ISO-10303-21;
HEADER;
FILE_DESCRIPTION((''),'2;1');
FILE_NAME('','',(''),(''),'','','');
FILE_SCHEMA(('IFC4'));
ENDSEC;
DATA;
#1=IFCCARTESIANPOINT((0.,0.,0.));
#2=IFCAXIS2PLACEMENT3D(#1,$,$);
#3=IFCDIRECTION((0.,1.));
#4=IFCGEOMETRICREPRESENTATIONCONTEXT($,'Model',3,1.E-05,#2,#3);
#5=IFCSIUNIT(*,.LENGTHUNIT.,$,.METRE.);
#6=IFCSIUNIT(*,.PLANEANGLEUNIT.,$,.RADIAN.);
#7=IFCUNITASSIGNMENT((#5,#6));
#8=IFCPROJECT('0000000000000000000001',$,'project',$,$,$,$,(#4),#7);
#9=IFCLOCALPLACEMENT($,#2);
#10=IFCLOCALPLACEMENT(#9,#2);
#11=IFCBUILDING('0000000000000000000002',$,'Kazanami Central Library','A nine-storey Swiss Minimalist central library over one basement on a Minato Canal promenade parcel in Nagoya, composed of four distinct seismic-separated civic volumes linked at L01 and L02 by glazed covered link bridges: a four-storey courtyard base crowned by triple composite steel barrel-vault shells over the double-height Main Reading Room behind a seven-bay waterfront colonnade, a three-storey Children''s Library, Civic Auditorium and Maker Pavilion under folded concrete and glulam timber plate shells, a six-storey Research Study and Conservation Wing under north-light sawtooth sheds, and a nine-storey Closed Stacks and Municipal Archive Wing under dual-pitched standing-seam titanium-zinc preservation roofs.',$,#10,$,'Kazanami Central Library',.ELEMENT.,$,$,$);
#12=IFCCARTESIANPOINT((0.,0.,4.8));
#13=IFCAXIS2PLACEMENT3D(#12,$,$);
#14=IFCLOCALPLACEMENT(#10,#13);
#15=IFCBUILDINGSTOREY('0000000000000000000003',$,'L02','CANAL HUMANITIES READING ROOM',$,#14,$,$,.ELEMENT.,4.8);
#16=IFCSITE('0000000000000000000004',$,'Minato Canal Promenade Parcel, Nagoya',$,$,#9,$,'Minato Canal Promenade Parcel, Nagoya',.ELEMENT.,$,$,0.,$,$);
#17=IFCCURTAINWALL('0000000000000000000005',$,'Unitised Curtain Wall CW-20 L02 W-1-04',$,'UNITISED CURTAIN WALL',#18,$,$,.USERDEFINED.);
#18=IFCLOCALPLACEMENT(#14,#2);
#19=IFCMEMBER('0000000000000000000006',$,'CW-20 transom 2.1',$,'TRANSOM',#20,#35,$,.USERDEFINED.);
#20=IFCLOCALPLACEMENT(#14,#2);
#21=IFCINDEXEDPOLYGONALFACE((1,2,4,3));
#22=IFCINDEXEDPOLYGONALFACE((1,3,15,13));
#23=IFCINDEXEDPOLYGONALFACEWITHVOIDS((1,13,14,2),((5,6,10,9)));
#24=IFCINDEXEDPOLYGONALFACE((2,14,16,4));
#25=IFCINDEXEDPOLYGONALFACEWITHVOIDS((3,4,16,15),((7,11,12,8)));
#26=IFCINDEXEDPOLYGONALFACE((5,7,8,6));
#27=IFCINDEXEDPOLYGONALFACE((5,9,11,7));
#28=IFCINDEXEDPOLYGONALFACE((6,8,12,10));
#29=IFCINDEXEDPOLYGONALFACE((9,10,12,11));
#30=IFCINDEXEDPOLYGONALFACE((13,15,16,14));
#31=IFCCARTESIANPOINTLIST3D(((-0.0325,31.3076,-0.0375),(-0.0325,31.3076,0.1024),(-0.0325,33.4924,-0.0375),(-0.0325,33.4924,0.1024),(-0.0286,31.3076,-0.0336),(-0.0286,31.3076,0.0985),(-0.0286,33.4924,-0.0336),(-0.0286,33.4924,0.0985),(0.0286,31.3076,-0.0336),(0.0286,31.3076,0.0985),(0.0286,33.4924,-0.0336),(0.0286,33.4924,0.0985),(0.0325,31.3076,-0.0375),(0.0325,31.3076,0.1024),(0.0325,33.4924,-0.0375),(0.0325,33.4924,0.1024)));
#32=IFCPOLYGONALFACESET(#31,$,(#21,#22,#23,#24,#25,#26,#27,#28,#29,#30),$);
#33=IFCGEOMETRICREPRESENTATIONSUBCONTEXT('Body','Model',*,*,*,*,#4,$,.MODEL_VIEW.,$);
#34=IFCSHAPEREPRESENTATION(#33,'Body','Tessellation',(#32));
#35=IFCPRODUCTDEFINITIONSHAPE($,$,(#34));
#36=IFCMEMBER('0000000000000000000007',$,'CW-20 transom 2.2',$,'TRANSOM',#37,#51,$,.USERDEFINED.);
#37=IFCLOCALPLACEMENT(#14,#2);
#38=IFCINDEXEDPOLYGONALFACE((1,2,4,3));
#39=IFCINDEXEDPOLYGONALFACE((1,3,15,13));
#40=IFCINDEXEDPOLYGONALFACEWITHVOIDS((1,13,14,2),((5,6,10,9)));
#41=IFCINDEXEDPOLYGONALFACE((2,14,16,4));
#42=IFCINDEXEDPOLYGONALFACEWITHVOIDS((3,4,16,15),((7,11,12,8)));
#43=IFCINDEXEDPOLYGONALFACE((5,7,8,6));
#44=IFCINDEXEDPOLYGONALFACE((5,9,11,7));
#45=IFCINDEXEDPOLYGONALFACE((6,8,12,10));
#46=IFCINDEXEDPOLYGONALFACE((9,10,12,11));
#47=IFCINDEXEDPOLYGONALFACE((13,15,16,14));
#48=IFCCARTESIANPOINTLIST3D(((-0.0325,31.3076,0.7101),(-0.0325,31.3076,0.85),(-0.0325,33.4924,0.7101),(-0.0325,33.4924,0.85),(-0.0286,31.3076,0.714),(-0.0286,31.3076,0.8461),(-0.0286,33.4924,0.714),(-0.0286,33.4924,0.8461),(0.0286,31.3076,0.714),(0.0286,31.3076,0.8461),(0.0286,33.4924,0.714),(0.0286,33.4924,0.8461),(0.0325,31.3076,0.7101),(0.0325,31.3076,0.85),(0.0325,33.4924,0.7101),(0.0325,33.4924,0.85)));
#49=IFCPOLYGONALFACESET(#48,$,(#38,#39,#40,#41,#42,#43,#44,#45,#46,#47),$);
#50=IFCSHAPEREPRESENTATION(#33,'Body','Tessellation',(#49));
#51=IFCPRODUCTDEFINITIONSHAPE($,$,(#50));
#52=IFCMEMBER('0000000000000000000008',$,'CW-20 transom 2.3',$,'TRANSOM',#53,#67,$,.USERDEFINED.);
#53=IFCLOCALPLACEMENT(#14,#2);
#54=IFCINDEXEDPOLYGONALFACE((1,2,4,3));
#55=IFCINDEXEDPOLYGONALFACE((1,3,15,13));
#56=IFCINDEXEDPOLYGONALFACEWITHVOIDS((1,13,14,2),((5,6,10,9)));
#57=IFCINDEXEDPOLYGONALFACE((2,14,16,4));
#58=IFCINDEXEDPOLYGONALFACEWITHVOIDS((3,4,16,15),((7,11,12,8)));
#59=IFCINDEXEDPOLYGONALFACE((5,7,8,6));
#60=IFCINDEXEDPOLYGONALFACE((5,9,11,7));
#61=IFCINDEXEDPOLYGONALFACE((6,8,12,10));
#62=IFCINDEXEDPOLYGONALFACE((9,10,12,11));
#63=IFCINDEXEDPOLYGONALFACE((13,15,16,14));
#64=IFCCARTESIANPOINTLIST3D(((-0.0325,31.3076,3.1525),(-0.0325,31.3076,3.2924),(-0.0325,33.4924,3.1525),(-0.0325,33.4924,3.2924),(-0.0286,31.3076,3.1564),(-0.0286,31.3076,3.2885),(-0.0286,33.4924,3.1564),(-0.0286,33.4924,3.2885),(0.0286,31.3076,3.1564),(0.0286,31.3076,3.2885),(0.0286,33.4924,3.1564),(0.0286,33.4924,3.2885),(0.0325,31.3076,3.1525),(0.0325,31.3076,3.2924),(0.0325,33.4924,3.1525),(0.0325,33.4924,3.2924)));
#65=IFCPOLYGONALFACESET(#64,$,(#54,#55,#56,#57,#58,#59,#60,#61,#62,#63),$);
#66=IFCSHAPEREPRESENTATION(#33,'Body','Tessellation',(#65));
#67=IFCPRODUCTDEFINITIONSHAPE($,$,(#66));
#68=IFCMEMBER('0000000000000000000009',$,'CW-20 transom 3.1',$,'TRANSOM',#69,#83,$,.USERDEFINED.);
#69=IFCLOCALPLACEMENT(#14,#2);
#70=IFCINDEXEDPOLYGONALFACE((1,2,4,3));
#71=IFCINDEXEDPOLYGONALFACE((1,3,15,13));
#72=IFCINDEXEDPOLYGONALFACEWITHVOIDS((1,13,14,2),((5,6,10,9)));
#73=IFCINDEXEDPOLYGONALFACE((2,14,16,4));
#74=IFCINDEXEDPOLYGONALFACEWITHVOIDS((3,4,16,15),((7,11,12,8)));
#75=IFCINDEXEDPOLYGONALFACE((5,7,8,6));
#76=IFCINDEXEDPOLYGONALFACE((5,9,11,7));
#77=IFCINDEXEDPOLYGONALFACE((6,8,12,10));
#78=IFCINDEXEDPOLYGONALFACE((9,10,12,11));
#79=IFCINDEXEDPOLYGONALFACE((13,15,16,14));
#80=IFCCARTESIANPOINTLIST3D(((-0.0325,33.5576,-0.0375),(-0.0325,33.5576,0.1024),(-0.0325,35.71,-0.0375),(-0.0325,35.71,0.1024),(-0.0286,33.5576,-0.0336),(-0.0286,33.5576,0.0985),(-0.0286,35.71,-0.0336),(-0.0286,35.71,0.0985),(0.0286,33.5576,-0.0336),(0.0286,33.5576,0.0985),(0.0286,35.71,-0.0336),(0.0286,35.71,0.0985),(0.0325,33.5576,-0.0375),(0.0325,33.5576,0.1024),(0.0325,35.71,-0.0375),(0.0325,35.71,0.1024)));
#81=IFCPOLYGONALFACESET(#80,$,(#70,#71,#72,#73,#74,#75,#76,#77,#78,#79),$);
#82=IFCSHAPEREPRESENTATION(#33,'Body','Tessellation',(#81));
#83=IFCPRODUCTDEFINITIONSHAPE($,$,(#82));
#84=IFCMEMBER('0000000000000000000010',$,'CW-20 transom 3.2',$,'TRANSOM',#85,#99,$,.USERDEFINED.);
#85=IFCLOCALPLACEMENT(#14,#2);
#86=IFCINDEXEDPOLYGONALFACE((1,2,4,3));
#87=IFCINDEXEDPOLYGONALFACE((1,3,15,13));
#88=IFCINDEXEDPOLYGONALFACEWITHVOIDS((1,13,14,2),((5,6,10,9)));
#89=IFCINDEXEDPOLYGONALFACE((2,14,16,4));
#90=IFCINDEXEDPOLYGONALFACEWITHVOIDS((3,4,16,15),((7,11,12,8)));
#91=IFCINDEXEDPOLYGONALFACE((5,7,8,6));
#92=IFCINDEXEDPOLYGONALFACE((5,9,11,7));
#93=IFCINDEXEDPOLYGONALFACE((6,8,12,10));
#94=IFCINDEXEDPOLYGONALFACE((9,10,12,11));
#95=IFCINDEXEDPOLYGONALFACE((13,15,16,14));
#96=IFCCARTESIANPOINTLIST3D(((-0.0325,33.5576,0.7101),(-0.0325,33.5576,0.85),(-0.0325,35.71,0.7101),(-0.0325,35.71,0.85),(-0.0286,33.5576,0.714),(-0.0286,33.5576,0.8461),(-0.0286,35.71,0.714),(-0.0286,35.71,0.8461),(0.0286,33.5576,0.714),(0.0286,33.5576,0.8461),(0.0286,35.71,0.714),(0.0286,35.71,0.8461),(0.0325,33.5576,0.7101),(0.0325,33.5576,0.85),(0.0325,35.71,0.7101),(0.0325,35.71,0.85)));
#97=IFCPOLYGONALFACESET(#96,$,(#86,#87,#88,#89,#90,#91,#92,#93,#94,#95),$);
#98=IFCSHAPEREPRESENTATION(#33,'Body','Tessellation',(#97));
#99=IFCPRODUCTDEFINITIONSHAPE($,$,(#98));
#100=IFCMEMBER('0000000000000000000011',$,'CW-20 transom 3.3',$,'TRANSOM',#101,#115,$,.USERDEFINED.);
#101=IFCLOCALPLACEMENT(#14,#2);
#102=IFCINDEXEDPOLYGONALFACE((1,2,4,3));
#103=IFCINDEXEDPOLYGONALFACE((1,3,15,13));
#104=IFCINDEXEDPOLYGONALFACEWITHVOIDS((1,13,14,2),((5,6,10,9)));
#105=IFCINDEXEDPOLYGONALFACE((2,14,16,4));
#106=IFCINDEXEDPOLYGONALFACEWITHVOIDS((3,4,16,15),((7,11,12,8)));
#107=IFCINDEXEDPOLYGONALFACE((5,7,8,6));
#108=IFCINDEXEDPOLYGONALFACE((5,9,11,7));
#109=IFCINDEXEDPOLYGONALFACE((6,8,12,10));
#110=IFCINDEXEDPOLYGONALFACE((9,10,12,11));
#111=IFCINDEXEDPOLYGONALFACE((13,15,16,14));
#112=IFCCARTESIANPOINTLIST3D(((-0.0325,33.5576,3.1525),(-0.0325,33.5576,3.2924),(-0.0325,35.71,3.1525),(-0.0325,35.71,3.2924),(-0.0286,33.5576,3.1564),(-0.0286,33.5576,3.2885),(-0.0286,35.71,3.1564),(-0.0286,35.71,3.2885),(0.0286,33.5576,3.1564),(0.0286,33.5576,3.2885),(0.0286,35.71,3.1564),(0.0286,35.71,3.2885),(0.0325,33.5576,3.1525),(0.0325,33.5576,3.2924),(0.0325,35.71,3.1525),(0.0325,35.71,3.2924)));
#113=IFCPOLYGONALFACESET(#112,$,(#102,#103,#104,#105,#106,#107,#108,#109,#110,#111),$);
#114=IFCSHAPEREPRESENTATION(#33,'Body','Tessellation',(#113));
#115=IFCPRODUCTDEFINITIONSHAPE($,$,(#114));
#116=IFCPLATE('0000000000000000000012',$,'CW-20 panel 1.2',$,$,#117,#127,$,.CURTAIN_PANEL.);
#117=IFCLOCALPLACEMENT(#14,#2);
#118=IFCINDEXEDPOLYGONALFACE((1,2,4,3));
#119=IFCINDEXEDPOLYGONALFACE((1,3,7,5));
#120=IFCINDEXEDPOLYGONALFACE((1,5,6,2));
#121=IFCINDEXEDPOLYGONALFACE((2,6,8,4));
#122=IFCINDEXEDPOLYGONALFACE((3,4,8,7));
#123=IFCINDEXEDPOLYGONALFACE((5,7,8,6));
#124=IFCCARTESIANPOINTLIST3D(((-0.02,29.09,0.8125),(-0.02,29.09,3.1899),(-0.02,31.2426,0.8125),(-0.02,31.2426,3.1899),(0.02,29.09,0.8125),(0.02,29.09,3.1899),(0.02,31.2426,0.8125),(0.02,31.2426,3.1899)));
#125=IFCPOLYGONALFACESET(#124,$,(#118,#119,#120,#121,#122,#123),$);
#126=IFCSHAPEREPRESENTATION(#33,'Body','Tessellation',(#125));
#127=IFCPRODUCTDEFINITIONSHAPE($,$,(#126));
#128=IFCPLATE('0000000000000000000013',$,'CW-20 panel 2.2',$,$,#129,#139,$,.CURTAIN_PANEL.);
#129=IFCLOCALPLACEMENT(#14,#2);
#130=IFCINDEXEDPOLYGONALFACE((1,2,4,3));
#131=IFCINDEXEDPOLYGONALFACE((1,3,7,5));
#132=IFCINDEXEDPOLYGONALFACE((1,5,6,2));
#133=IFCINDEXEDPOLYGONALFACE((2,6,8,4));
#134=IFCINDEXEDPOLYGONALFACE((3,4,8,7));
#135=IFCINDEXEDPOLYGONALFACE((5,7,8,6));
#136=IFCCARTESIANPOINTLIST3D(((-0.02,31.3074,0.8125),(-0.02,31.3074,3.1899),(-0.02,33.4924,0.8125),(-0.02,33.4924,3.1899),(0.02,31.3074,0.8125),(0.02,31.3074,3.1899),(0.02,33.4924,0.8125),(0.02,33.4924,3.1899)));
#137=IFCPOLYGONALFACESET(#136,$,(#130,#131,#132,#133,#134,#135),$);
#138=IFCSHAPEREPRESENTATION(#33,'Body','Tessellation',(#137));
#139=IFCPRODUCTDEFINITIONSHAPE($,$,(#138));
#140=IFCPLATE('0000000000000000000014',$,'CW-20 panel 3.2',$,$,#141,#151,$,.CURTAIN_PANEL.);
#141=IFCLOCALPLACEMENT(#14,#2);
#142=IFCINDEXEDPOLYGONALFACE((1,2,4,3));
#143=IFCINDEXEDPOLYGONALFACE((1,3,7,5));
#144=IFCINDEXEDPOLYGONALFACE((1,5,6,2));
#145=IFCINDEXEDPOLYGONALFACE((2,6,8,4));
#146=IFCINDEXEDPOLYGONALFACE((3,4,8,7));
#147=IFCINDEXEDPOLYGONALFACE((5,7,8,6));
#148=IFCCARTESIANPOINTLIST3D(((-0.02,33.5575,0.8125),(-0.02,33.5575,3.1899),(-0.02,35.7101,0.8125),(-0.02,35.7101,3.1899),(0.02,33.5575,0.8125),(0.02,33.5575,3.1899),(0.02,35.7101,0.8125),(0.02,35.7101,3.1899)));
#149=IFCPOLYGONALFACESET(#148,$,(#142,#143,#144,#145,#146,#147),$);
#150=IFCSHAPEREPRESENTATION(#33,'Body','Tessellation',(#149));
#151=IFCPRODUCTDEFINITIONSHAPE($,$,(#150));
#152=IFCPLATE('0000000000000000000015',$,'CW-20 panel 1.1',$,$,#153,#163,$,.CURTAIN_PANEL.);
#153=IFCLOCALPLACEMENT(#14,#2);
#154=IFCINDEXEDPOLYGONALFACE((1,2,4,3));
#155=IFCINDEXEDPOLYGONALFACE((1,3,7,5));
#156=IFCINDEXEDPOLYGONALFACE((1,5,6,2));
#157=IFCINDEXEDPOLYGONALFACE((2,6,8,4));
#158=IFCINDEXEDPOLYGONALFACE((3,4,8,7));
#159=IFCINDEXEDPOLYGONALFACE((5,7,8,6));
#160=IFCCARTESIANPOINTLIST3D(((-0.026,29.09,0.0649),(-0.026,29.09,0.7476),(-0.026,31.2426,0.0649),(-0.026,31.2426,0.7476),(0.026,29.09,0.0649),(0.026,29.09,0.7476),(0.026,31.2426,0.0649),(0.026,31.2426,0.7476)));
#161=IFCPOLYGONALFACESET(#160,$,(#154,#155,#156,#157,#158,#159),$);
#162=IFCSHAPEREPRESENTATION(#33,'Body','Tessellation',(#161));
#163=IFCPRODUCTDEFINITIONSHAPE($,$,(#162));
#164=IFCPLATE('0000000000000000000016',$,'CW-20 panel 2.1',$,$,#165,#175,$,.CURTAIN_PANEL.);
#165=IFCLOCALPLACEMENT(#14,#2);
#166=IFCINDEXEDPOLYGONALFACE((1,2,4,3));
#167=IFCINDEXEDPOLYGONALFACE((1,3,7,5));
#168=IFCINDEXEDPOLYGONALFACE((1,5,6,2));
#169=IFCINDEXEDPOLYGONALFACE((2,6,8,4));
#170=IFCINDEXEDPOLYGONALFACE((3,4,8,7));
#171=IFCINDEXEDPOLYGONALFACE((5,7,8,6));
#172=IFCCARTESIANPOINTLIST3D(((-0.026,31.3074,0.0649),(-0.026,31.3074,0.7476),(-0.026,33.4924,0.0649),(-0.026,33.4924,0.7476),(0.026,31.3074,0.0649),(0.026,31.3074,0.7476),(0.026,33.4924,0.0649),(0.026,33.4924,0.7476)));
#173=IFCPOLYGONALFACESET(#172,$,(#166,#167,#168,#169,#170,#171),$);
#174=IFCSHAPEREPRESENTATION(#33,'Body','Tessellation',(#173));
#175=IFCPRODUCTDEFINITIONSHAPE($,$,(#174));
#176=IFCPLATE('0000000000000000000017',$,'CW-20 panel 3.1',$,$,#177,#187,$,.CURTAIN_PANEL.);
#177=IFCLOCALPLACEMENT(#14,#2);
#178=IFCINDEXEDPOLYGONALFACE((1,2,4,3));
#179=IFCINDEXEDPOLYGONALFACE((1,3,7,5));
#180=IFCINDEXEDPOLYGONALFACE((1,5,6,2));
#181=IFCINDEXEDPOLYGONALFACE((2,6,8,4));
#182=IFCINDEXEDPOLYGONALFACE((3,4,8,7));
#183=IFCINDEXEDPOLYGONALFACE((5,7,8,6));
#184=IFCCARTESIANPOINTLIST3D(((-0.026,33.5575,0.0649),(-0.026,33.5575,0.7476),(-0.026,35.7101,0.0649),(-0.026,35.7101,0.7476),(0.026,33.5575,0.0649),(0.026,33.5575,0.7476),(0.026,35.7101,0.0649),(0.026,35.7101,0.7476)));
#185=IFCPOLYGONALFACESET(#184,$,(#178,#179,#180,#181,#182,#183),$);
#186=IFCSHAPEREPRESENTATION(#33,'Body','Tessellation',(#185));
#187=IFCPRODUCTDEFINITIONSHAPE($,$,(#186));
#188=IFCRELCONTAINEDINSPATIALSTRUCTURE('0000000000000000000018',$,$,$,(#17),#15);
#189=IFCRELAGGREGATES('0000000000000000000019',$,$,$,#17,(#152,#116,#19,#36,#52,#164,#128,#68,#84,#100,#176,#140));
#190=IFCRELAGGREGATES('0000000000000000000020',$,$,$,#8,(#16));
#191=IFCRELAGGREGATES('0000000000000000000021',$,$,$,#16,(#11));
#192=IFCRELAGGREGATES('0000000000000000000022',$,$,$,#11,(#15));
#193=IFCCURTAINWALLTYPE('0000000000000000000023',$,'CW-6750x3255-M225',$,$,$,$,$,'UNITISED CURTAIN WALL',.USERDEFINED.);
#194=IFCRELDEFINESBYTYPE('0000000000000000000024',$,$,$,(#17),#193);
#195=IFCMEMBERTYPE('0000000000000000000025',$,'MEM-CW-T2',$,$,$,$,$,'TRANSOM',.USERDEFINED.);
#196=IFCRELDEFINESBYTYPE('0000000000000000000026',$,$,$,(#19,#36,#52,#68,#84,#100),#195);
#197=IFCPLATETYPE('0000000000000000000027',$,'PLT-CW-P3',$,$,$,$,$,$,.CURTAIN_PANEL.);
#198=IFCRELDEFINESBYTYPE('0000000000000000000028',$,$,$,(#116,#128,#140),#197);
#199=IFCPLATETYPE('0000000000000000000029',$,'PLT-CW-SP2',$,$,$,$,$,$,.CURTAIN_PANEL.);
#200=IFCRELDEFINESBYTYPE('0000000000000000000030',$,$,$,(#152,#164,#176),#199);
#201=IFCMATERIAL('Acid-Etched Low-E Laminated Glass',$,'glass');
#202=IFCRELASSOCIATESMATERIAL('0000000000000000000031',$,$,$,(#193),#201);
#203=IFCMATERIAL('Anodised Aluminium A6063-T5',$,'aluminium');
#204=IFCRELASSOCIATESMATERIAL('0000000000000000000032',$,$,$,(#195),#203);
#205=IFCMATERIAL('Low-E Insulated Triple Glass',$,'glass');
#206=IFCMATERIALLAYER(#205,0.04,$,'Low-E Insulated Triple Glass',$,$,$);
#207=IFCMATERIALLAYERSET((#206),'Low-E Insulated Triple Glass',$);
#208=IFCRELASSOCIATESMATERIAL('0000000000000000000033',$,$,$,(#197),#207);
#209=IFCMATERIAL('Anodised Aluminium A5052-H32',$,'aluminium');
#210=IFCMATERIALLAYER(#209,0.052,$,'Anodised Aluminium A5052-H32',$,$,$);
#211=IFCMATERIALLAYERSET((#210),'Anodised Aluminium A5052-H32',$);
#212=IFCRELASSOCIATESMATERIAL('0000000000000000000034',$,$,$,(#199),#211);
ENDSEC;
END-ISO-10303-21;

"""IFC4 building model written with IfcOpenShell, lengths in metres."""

from ifc_helpers import new_model, si_unit, direction, frame, origin, origin_2d, place, context, subcontext, project, spatial, rectangle, hollow_rectangle, extrude, material, layer, layer_set, material_profile, profile_set, type_object, element, aggregate, save


model = new_model("IFC4")

# Units and contexts
model_context = context("Model", 3, precision=1e-05, world=origin(), true_north=direction((0.0, 1.0)))
body_context = subcontext(model_context, "Body", "Model", "MODEL_VIEW")
ifc_project = project(units=[si_unit("LENGTHUNIT", "METRE"), si_unit("PLANEANGLEUNIT", "RADIAN")], contexts=[model_context])

# Site, building, storey
site_placement = place(None, origin())
site = spatial("IfcSite", under=ifc_project, at=site_placement, Name="Minato Canal Promenade Parcel, Nagoya", LongName="Minato Canal Promenade Parcel, Nagoya", CompositionType="ELEMENT", RefElevation=0.0)
building_placement = place(site_placement, origin())
building = spatial("IfcBuilding", under=site, at=building_placement, Name="Kazanami Central Library", Description="A nine-storey Swiss Minimalist central library over one basement on a Minato Canal promenade parcel in Nagoya, composed of four distinct seismic-separated civic volumes linked at L01 and L02 by glazed covered link bridges: a four-storey courtyard base crowned by triple composite steel barrel-vault shells over the double-height Main Reading Room behind a seven-bay waterfront colonnade, a three-storey Children's Library, Civic Auditorium and Maker Pavilion under folded concrete and glulam timber plate shells, a six-storey Research Study and Conservation Wing under north-light sawtooth sheds, and a nine-storey Closed Stacks and Municipal Archive Wing under dual-pitched standing-seam titanium-zinc preservation roofs.", LongName="Kazanami Central Library", CompositionType="ELEMENT")
storey_placement = place(building_placement, frame((0.0, 0.0, 4.8)))
storey = spatial("IfcBuildingStorey", under=building, at=storey_placement, Name="L02", Description="CANAL HUMANITIES READING ROOM", CompositionType="ELEMENT", Elevation=4.8)

# Curtain wall, members, plates
ifc_material_1 = material(Name="Acid-Etched Low-E Laminated Glass", Category="glass")
curtain_wall_type = type_object("IfcCurtainWallType", Name="CW-6750x3255-M225", ElementType="UNITISED CURTAIN WALL", PredefinedType="USERDEFINED", material=ifc_material_1)
curtain_wall_placement = place(storey_placement, origin())
curtain_wall = element("IfcCurtainWall", 1, at=curtain_wall_placement, inside=storey, type_object=curtain_wall_type, Name="Unitised Curtain Wall CW-20 L02 W-1-04", ObjectType="UNITISED CURTAIN WALL", PredefinedType="USERDEFINED")
ifc_material_2 = material(Name="Anodised Aluminium A6063-T5", Category="aluminium")
ifc_material_profile_1 = material_profile(ifc_material_2, hollow_rectangle(XDim=0.0649, YDim=0.1399, WallThickness=0.0039, at=origin_2d()), Name="ALU-TRAN-65x140x4")
ifc_profile_set_1 = profile_set([ifc_material_profile_1], Name="Anodised Aluminium A6063-T5")
member_type_1 = type_object("IfcMemberType", Name="MEM-CW-T2", ElementType="TRANSOM", PredefinedType="USERDEFINED", material=ifc_profile_set_1)
member_1_placement = place(storey_placement, frame((0.0, 31.3076, 0.0325), z_axis=(0.0, 1.0, 0.0), x_axis=(-1.0, 0.0, 0.0)))
member_1 = element("IfcMember", 2, at=member_1_placement, type_object=member_type_1, Name="CW-20 transom 2.1", ObjectType="TRANSOM", PredefinedType="USERDEFINED", context=body_context, shape_type="SweptSolid", body=[
    extrude(hollow_rectangle(XDim=0.0649, YDim=0.1399, WallThickness=0.0039, at=origin_2d()), origin(), (0.0, 0.0, 1.0), 2.1848),
])
member_2_placement = place(storey_placement, frame((0.0, 31.3076, 0.78), z_axis=(0.0, 1.0, 0.0), x_axis=(-1.0, 0.0, 0.0)))
member_2 = element("IfcMember", 3, at=member_2_placement, type_object=member_type_1, Name="CW-20 transom 2.2", ObjectType="TRANSOM", PredefinedType="USERDEFINED", context=body_context, shape_type="SweptSolid", body=[
    extrude(hollow_rectangle(XDim=0.0649, YDim=0.1399, WallThickness=0.0039, at=origin_2d()), origin(), (0.0, 0.0, 1.0), 2.1848),
])
member_3_placement = place(storey_placement, frame((0.0, 31.3076, 3.2224), z_axis=(0.0, 1.0, 0.0), x_axis=(-1.0, 0.0, 0.0)))
member_3 = element("IfcMember", 4, at=member_3_placement, type_object=member_type_1, Name="CW-20 transom 2.3", ObjectType="TRANSOM", PredefinedType="USERDEFINED", context=body_context, shape_type="SweptSolid", body=[
    extrude(hollow_rectangle(XDim=0.0649, YDim=0.1399, WallThickness=0.0039, at=origin_2d()), origin(), (0.0, 0.0, 1.0), 2.1848),
])
member_4_placement = place(storey_placement, frame((0.0, 33.5576, 0.0325), z_axis=(0.0, 1.0, 0.0), x_axis=(-1.0, 0.0, 0.0)))
member_4 = element("IfcMember", 5, at=member_4_placement, type_object=member_type_1, Name="CW-20 transom 3.1", ObjectType="TRANSOM", PredefinedType="USERDEFINED", context=body_context, shape_type="SweptSolid", body=[
    extrude(hollow_rectangle(XDim=0.0649, YDim=0.1399, WallThickness=0.0039, at=origin_2d()), origin(), (0.0, 0.0, 1.0), 2.1523),
])
member_5_placement = place(storey_placement, frame((0.0, 33.5576, 0.78), z_axis=(0.0, 1.0, 0.0), x_axis=(-1.0, 0.0, 0.0)))
member_5 = element("IfcMember", 6, at=member_5_placement, type_object=member_type_1, Name="CW-20 transom 3.2", ObjectType="TRANSOM", PredefinedType="USERDEFINED", context=body_context, shape_type="SweptSolid", body=[
    extrude(hollow_rectangle(XDim=0.0649, YDim=0.1399, WallThickness=0.0039, at=origin_2d()), origin(), (0.0, 0.0, 1.0), 2.1523),
])
member_6_placement = place(storey_placement, frame((0.0, 33.5576, 3.2224), z_axis=(0.0, 1.0, 0.0), x_axis=(-1.0, 0.0, 0.0)))
member_6 = element("IfcMember", 7, at=member_6_placement, type_object=member_type_1, Name="CW-20 transom 3.3", ObjectType="TRANSOM", PredefinedType="USERDEFINED", context=body_context, shape_type="SweptSolid", body=[
    extrude(hollow_rectangle(XDim=0.0649, YDim=0.1399, WallThickness=0.0039, at=origin_2d()), origin(), (0.0, 0.0, 1.0), 2.1523),
])
ifc_material_3 = material(Name="Low-E Insulated Triple Glass", Category="glass")
ifc_layer_1 = layer(ifc_material_3, 0.04, Name="Low-E Insulated Triple Glass")
ifc_layer_set_1 = layer_set([ifc_layer_1], Name="Low-E Insulated Triple Glass")
plate_type_1 = type_object("IfcPlateType", Name="PLT-CW-P3", PredefinedType="CURTAIN_PANEL", material=ifc_layer_set_1)
plate_1_placement = place(storey_placement, frame((0.0, 30.1663, 0.8125), z_axis=(0.0, 0.0, 1.0), x_axis=(0.0, 1.0, 0.0)))
plate_1 = element("IfcPlate", 8, at=plate_1_placement, type_object=plate_type_1, Name="CW-20 panel 1.2", PredefinedType="CURTAIN_PANEL", context=body_context, shape_type="SweptSolid", body=[
    extrude(rectangle(XDim=2.1526, YDim=0.04, at=origin_2d()), origin(), (0.0, 0.0, 1.0), 2.3774),
])
plate_2_placement = place(storey_placement, frame((0.0, 32.3999, 0.8125), z_axis=(0.0, 0.0, 1.0), x_axis=(0.0, 1.0, 0.0)))
plate_2 = element("IfcPlate", 9, at=plate_2_placement, type_object=plate_type_1, Name="CW-20 panel 2.2", PredefinedType="CURTAIN_PANEL", context=body_context, shape_type="SweptSolid", body=[
    extrude(rectangle(XDim=2.1851, YDim=0.04, at=origin_2d()), origin(), (0.0, 0.0, 1.0), 2.3774),
])
plate_3_placement = place(storey_placement, frame((0.0, 34.6338, 0.8125), z_axis=(0.0, 0.0, 1.0), x_axis=(0.0, 1.0, 0.0)))
plate_3 = element("IfcPlate", 10, at=plate_3_placement, type_object=plate_type_1, Name="CW-20 panel 3.2", PredefinedType="CURTAIN_PANEL", context=body_context, shape_type="SweptSolid", body=[
    extrude(rectangle(XDim=2.1526, YDim=0.04, at=origin_2d()), origin(), (0.0, 0.0, 1.0), 2.3774),
])
ifc_material_4 = material(Name="Anodised Aluminium A5052-H32", Category="aluminium")
ifc_layer_2 = layer(ifc_material_4, 0.052, Name="Anodised Aluminium A5052-H32")
ifc_layer_set_2 = layer_set([ifc_layer_2], Name="Anodised Aluminium A5052-H32")
plate_type_2 = type_object("IfcPlateType", Name="PLT-CW-SP2", PredefinedType="CURTAIN_PANEL", material=ifc_layer_set_2)
plate_4_placement = place(storey_placement, frame((0.0, 30.1663, 0.0649), z_axis=(0.0, 0.0, 1.0), x_axis=(0.0, 1.0, 0.0)))
plate_4 = element("IfcPlate", 11, at=plate_4_placement, type_object=plate_type_2, Name="CW-20 panel 1.1", PredefinedType="CURTAIN_PANEL", context=body_context, shape_type="SweptSolid", body=[
    extrude(rectangle(XDim=2.1526, YDim=0.052, at=origin_2d()), origin(), (0.0, 0.0, 1.0), 0.6826),
])
plate_5_placement = place(storey_placement, frame((0.0, 32.3999, 0.0649), z_axis=(0.0, 0.0, 1.0), x_axis=(0.0, 1.0, 0.0)))
plate_5 = element("IfcPlate", 12, at=plate_5_placement, type_object=plate_type_2, Name="CW-20 panel 2.1", PredefinedType="CURTAIN_PANEL", context=body_context, shape_type="SweptSolid", body=[
    extrude(rectangle(XDim=2.1851, YDim=0.052, at=origin_2d()), origin(), (0.0, 0.0, 1.0), 0.6826),
])
plate_6_placement = place(storey_placement, frame((0.0, 34.6338, 0.0649), z_axis=(0.0, 0.0, 1.0), x_axis=(0.0, 1.0, 0.0)))
plate_6 = element("IfcPlate", 13, at=plate_6_placement, type_object=plate_type_2, Name="CW-20 panel 3.1", PredefinedType="CURTAIN_PANEL", context=body_context, shape_type="SweptSolid", body=[
    extrude(rectangle(XDim=2.1526, YDim=0.052, at=origin_2d()), origin(), (0.0, 0.0, 1.0), 0.6826),
])
aggregate(curtain_wall, [plate_4, plate_1, member_1, member_2, member_3, plate_5, plate_2, member_4, member_5, member_6, plate_6, plate_3])

save(model, "model.ifc")
